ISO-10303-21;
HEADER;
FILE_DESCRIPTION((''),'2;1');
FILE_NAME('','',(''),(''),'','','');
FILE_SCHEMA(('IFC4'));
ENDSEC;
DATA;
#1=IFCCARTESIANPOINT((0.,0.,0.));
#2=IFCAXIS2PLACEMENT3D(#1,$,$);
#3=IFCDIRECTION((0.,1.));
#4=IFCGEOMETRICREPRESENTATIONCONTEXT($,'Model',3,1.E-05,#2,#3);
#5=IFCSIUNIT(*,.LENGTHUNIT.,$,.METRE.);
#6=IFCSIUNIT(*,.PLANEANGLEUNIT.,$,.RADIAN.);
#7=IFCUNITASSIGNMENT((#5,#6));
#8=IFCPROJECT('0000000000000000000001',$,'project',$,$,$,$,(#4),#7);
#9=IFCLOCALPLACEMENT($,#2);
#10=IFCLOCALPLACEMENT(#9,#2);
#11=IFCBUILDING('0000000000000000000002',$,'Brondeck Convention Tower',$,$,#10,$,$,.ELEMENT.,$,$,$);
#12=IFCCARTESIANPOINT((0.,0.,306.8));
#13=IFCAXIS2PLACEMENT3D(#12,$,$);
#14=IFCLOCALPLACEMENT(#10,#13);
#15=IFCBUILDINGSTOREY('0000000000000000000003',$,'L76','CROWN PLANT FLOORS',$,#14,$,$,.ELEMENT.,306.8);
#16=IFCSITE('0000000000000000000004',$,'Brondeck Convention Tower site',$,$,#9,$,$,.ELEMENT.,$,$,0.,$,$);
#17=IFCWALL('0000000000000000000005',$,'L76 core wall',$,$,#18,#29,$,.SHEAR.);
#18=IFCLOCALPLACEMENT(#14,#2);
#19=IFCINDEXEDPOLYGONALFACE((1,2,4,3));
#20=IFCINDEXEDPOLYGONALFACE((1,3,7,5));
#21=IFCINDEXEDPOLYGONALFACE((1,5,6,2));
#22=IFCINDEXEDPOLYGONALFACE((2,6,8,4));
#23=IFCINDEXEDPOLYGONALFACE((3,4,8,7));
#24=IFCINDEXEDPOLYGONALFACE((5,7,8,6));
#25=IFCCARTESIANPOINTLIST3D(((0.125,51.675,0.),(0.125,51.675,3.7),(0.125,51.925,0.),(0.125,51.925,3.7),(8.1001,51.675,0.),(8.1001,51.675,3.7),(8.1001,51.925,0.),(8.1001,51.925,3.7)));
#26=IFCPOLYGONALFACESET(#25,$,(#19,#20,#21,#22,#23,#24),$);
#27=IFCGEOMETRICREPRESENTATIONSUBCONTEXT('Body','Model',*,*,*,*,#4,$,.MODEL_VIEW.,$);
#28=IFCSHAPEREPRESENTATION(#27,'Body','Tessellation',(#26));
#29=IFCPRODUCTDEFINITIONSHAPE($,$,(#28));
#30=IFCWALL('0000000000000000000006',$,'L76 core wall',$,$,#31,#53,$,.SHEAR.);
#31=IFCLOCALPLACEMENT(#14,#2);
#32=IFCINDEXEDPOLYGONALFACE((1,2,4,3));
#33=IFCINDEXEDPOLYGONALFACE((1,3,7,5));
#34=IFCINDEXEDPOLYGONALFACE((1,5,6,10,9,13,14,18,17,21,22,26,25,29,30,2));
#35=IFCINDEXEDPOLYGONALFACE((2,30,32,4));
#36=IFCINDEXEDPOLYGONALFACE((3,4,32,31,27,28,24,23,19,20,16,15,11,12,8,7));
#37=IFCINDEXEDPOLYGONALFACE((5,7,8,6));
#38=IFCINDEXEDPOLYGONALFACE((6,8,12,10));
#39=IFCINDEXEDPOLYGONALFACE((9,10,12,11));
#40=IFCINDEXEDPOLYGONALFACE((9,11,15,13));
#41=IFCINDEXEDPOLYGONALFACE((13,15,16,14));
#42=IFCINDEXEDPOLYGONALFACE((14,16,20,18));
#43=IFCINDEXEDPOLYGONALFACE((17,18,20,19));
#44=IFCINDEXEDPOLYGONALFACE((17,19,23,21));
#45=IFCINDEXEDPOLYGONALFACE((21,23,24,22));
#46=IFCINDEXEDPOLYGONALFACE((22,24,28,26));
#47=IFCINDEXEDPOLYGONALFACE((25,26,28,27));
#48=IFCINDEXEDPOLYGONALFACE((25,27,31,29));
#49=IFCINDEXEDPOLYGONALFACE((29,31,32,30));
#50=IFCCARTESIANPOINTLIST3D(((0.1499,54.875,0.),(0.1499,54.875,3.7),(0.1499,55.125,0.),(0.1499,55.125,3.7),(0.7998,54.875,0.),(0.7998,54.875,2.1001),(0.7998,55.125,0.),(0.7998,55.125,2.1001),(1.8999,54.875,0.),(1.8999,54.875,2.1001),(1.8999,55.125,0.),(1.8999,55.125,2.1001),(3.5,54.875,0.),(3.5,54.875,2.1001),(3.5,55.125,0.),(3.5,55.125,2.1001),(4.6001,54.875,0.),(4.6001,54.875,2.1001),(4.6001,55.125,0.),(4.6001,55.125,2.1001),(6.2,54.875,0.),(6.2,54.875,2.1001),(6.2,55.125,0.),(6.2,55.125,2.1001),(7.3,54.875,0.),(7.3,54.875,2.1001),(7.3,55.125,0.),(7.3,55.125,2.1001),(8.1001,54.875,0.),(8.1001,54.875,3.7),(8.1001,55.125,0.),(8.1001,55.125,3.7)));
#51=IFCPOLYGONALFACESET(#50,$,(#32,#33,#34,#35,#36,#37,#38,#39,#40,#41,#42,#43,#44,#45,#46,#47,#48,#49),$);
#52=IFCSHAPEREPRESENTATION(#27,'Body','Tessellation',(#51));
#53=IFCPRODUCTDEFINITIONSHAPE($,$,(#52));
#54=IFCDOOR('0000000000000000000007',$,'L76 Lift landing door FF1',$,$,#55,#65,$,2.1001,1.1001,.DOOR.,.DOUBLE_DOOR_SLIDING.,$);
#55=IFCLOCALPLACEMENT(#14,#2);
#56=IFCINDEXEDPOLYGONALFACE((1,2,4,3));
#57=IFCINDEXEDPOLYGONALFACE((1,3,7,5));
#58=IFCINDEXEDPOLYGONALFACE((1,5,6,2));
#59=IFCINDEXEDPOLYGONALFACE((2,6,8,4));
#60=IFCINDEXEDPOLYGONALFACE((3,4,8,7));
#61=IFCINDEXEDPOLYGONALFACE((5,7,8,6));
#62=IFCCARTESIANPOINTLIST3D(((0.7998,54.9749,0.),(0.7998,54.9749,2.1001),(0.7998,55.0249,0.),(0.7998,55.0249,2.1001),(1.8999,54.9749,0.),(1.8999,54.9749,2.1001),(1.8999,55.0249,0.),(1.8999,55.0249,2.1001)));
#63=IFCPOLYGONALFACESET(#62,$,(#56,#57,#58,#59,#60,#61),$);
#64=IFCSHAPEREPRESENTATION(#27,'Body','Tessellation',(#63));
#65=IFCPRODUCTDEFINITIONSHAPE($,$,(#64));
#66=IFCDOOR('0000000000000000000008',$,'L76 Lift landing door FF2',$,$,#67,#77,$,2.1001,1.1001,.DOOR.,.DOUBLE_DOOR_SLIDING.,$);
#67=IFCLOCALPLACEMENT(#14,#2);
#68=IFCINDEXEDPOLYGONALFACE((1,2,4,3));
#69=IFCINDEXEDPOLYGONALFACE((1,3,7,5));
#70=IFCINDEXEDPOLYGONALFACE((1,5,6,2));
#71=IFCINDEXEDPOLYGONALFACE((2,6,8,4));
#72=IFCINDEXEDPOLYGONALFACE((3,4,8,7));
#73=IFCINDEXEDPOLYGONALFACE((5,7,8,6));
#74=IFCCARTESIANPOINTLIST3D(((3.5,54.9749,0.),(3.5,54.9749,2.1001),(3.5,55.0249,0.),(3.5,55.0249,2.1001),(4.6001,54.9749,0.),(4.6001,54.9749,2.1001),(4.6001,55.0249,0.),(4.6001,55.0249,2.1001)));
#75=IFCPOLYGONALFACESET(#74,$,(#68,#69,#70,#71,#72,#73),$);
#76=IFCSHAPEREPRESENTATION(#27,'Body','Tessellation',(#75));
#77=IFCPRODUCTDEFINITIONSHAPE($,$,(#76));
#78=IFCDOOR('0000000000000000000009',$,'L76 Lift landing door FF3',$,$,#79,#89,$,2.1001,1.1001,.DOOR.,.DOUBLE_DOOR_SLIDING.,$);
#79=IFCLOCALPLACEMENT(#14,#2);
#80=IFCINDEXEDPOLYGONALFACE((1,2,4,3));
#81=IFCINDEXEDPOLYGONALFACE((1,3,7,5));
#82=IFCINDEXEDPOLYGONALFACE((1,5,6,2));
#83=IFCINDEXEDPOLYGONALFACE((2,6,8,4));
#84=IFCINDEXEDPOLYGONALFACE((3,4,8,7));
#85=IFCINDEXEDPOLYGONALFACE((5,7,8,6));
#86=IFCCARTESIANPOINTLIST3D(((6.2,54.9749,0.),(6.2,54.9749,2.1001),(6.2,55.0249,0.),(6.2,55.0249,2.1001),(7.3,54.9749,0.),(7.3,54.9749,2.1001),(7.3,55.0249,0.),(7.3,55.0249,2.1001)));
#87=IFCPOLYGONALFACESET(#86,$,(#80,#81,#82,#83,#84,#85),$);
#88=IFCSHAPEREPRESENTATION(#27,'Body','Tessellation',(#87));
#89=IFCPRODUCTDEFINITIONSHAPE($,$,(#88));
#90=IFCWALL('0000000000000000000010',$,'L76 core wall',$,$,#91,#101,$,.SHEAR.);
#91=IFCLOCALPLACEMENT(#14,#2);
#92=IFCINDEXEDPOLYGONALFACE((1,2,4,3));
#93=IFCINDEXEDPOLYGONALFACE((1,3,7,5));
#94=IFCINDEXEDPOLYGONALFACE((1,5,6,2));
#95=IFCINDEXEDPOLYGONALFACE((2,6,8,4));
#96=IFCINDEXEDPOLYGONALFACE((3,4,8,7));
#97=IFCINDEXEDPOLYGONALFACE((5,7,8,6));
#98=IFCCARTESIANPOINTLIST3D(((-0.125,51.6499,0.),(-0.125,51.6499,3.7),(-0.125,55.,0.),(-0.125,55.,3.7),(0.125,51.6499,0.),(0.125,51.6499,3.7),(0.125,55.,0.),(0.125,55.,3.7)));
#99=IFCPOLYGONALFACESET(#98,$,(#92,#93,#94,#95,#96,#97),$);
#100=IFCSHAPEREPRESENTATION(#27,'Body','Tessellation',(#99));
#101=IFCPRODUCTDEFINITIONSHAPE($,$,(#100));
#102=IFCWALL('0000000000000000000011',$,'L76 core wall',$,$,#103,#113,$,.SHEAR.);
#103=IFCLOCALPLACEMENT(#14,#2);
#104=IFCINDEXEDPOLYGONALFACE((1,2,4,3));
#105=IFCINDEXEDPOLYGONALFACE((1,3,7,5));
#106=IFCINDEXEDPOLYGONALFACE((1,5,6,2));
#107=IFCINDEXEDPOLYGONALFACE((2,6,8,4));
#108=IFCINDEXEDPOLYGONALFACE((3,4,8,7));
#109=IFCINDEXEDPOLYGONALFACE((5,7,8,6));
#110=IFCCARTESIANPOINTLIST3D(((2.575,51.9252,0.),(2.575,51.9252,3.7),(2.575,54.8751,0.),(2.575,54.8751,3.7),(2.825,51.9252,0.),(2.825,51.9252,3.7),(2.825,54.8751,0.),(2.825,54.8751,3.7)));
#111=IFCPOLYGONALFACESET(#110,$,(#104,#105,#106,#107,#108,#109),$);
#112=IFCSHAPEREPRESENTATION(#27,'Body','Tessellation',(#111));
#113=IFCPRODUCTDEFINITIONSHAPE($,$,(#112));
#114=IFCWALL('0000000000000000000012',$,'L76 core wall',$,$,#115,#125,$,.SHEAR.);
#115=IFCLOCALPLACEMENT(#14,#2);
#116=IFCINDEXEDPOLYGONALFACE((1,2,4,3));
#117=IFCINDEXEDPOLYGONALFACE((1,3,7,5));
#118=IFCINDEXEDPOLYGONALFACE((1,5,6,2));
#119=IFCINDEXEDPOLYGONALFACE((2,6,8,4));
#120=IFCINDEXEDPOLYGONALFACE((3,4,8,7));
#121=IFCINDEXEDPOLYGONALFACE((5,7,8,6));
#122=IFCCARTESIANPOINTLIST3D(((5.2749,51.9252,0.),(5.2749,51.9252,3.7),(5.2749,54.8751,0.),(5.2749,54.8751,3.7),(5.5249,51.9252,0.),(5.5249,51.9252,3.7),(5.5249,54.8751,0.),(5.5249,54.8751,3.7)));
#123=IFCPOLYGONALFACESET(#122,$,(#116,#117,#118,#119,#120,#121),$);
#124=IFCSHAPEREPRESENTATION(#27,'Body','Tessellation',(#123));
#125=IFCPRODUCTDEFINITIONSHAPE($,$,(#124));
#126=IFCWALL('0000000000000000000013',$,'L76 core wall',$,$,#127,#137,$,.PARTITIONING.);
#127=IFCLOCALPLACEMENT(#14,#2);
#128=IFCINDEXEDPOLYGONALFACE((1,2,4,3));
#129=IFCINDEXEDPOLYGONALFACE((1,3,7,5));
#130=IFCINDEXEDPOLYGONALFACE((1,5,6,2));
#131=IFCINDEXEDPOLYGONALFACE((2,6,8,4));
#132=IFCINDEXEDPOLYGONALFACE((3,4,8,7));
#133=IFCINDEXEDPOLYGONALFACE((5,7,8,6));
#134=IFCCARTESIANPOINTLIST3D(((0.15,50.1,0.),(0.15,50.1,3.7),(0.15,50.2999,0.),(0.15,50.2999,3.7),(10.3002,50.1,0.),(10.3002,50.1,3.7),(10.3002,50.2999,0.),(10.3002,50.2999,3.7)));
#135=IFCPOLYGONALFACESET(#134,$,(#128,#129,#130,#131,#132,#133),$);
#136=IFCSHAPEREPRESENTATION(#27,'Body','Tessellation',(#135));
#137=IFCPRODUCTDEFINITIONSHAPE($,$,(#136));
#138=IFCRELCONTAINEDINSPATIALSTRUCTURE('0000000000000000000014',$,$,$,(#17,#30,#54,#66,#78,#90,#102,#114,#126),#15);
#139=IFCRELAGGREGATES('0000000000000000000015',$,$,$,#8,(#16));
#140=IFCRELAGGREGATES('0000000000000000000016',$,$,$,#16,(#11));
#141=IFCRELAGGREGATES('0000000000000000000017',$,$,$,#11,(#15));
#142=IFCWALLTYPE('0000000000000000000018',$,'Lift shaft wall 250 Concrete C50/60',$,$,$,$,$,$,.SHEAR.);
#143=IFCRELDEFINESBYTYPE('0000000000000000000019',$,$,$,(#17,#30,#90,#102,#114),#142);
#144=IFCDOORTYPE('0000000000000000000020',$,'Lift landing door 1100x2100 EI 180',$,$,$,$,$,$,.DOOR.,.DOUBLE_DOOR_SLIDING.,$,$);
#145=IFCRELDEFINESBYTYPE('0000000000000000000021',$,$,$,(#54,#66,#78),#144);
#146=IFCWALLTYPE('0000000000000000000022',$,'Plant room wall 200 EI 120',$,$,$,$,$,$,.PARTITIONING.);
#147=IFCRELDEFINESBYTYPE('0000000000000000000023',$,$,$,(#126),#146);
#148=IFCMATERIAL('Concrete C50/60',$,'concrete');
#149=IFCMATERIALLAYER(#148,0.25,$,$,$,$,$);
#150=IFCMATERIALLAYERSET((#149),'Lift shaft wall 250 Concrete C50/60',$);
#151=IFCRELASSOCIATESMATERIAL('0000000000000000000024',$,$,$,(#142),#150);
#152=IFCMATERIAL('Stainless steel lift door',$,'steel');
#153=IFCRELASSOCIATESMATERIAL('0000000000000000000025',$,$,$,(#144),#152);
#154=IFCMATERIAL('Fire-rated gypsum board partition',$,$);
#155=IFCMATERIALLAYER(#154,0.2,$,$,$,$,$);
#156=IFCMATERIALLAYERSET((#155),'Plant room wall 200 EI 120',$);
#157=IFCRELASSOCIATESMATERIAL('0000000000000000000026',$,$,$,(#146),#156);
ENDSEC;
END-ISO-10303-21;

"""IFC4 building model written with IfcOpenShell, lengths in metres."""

from ifc_helpers import new_model, si_unit, direction, frame, frame_2d, origin, place, context, subcontext, project, spatial, rectangle, extrude, material, layer, layer_set, type_object, element, fill, save


model = new_model("IFC4")

# Units and contexts
model_context = context("Model", 3, precision=1e-05, world=origin(), true_north=direction((0.0, 1.0)))
body_context = subcontext(model_context, "Body", "Model", "MODEL_VIEW")
ifc_project = project(units=[si_unit("LENGTHUNIT", "METRE"), si_unit("PLANEANGLEUNIT", "RADIAN")], contexts=[model_context])

# Site, building, storey
site_placement = place(None, origin())
site = spatial("IfcSite", under=ifc_project, at=site_placement, Name="Brondeck Convention Tower site", CompositionType="ELEMENT", RefElevation=0.0)
building_placement = place(site_placement, origin())
building = spatial("IfcBuilding", under=site, at=building_placement, Name="Brondeck Convention Tower", CompositionType="ELEMENT")
storey_placement = place(building_placement, frame((0.0, 0.0, 306.8)))
storey = spatial("IfcBuildingStorey", under=building, at=storey_placement, Name="L76", Description="CROWN PLANT FLOORS", CompositionType="ELEMENT", Elevation=306.8)

# Shared definitions
ifc_material_1 = material(Name="Concrete C50/60", Category="concrete")

# Wall
ifc_material_2 = material(Name="Fire-rated gypsum board partition")
ifc_layer_1 = layer(ifc_material_1, 0.25)
ifc_layer_set_1 = layer_set([ifc_layer_1], Name="Lift shaft wall 250 Concrete C50/60")
wall_type_1 = type_object("IfcWallType", Name="Lift shaft wall 250 Concrete C50/60", PredefinedType="SHEAR", material=ifc_layer_set_1)
wall_1_placement = place(storey_placement, frame((0.125, 51.8, 0.0), z_axis=(0.0, 0.0, 1.0), x_axis=(1.0, 0.0, 0.0)))
element("IfcWall", 1, at=wall_1_placement, inside=storey, type_object=wall_type_1, Name="L76 core wall", PredefinedType="SHEAR", context=body_context, shape_type="SweptSolid", body=[
    extrude(rectangle(XDim=7.9751, YDim=0.25, at=frame_2d((3.9875, 0.0))), origin(), (0.0, 0.0, 1.0), 3.7),
])

# Wall, openings, doors
wall_2_placement = place(storey_placement, frame((0.1499, 55.0, 0.0), z_axis=(0.0, 0.0, 1.0), x_axis=(1.0, 0.0, 0.0)))
wall_2 = element("IfcWall", 2, at=wall_2_placement, inside=storey, type_object=wall_type_1, Name="L76 core wall", PredefinedType="SHEAR", context=body_context, shape_type="SweptSolid", body=[
    extrude(rectangle(XDim=7.9502, YDim=0.25, at=frame_2d((3.9751, 0.0))), origin(), (0.0, 0.0, 1.0), 3.7),
])
opening_1_placement = place(wall_2_placement, frame((0.6499, 0.0, 0.0)))
opening_1 = element("IfcOpeningElement", 3, at=opening_1_placement, cuts=wall_2, PredefinedType="OPENING", context=body_context, shape_type="SweptSolid", body=[
    extrude(rectangle(XDim=1.1001, YDim=2.1001, at=frame_2d((0.55, 1.05))), frame((0.0, 0.135, 0.0), z_axis=(0.0, -1.0, 0.0), x_axis=(1.0, 0.0, 0.0)), (0.0, 0.0, 1.0), 0.27),
])
opening_2_placement = place(wall_2_placement, frame((3.3501, 0.0, 0.0)))
opening_2 = element("IfcOpeningElement", 4, at=opening_2_placement, cuts=wall_2, PredefinedType="OPENING", context=body_context, shape_type="SweptSolid", body=[
    extrude(rectangle(XDim=1.1001, YDim=2.1001, at=frame_2d((0.55, 1.05))), frame((0.0, 0.135, 0.0), z_axis=(0.0, -1.0, 0.0), x_axis=(1.0, 0.0, 0.0)), (0.0, 0.0, 1.0), 0.27),
])
opening_3_placement = place(wall_2_placement, frame((6.05, 0.0, 0.0)))
opening_3 = element("IfcOpeningElement", 5, at=opening_3_placement, cuts=wall_2, PredefinedType="OPENING", context=body_context, shape_type="SweptSolid", body=[
    extrude(rectangle(XDim=1.1001, YDim=2.1001, at=frame_2d((0.55, 1.05))), frame((0.0, 0.135, 0.0), z_axis=(0.0, -1.0, 0.0), x_axis=(1.0, 0.0, 0.0)), (0.0, 0.0, 1.0), 0.27),
])
ifc_material_3 = material(Name="Stainless steel lift door", Category="steel")
door_type = type_object("IfcDoorType", Name="Lift landing door 1100x2100 EI 180", OperationType="DOUBLE_DOOR_SLIDING", PredefinedType="DOOR", material=ifc_material_3)
door_1_placement = place(opening_1_placement, origin())
door_1 = element("IfcDoor", 6, at=door_1_placement, inside=storey, type_object=door_type, Name="L76 Lift landing door FF1", OperationType="DOUBLE_DOOR_SLIDING", OverallHeight=2.1001, OverallWidth=1.1001, PredefinedType="DOOR", context=body_context, shape_type="SweptSolid", body=[
    extrude(rectangle(XDim=1.1001, YDim=2.1001, at=frame_2d((0.55, 1.05))), frame((0.0, 0.0249, 0.0), z_axis=(0.0, -1.0, 0.0), x_axis=(1.0, 0.0, 0.0)), (0.0, 0.0, 1.0), 0.05),
])
fill(opening_1, door_1)
door_2_placement = place(opening_2_placement, origin())
door_2 = element("IfcDoor", 7, at=door_2_placement, inside=storey, type_object=door_type, Name="L76 Lift landing door FF2", OperationType="DOUBLE_DOOR_SLIDING", OverallHeight=2.1001, OverallWidth=1.1001, PredefinedType="DOOR", context=body_context, shape_type="SweptSolid", body=[
    extrude(rectangle(XDim=1.1001, YDim=2.1001, at=frame_2d((0.55, 1.05))), frame((0.0, 0.0249, 0.0), z_axis=(0.0, -1.0, 0.0), x_axis=(1.0, 0.0, 0.0)), (0.0, 0.0, 1.0), 0.05),
])
fill(opening_2, door_2)
door_3_placement = place(opening_3_placement, origin())
door_3 = element("IfcDoor", 8, at=door_3_placement, inside=storey, type_object=door_type, Name="L76 Lift landing door FF3", OperationType="DOUBLE_DOOR_SLIDING", OverallHeight=2.1001, OverallWidth=1.1001, PredefinedType="DOOR", context=body_context, shape_type="SweptSolid", body=[
    extrude(rectangle(XDim=1.1001, YDim=2.1001, at=frame_2d((0.55, 1.05))), frame((0.0, 0.0249, 0.0), z_axis=(0.0, -1.0, 0.0), x_axis=(1.0, 0.0, 0.0)), (0.0, 0.0, 1.0), 0.05),
])
fill(opening_3, door_3)

# Walls
wall_3_placement = place(storey_placement, frame((0.0, 51.6499, 0.0), z_axis=(0.0, 0.0, 1.0), x_axis=(0.0, 1.0, 0.0)))
element("IfcWall", 9, at=wall_3_placement, inside=storey, type_object=wall_type_1, Name="L76 core wall", PredefinedType="SHEAR", context=body_context, shape_type="SweptSolid", body=[
    extrude(rectangle(XDim=3.3501, YDim=0.25, at=frame_2d((1.675, 0.0))), origin(), (0.0, 0.0, 1.0), 3.7),
])
for number, where, z_axis, x_axis, name in (
    (10, (2.7, 51.925, 0.0), (0.0, 0.0, 1.0), (0.0, 1.0, 0.0), "L76 core wall"),
    (11, (5.3999, 51.925, 0.0), (0.0, 0.0, 1.0), (0.0, 1.0, 0.0), "L76 core wall"),
):
    element("IfcWall", number, at=place(storey_placement, frame(where, z_axis=z_axis, x_axis=x_axis)), inside=storey, type_object=wall_type_1, Name=name, PredefinedType="SHEAR", context=body_context, shape_type="SweptSolid", body=[
        extrude(rectangle(XDim=2.95, YDim=0.25, at=frame_2d((1.4751, 0.0))), origin(), (0.0, 0.0, 1.0), 3.7),
    ])
ifc_layer_2 = layer(ifc_material_2, 0.2)
ifc_layer_set_2 = layer_set([ifc_layer_2], Name="Plant room wall 200 EI 120")
wall_type_2 = type_object("IfcWallType", Name="Plant room wall 200 EI 120", PredefinedType="PARTITIONING", material=ifc_layer_set_2)
wall_4_placement = place(storey_placement, frame((0.1499, 50.2, 0.0), z_axis=(0.0, 0.0, 1.0), x_axis=(1.0, 0.0, 0.0)))
element("IfcWall", 12, at=wall_4_placement, inside=storey, type_object=wall_type_2, Name="L76 core wall", PredefinedType="PARTITIONING", context=body_context, shape_type="SweptSolid", body=[
    extrude(rectangle(XDim=10.1501, YDim=0.2, at=frame_2d((5.0752, 0.0))), origin(), (0.0, 0.0, 1.0), 3.7),
])

save(model, "model.ifc")
